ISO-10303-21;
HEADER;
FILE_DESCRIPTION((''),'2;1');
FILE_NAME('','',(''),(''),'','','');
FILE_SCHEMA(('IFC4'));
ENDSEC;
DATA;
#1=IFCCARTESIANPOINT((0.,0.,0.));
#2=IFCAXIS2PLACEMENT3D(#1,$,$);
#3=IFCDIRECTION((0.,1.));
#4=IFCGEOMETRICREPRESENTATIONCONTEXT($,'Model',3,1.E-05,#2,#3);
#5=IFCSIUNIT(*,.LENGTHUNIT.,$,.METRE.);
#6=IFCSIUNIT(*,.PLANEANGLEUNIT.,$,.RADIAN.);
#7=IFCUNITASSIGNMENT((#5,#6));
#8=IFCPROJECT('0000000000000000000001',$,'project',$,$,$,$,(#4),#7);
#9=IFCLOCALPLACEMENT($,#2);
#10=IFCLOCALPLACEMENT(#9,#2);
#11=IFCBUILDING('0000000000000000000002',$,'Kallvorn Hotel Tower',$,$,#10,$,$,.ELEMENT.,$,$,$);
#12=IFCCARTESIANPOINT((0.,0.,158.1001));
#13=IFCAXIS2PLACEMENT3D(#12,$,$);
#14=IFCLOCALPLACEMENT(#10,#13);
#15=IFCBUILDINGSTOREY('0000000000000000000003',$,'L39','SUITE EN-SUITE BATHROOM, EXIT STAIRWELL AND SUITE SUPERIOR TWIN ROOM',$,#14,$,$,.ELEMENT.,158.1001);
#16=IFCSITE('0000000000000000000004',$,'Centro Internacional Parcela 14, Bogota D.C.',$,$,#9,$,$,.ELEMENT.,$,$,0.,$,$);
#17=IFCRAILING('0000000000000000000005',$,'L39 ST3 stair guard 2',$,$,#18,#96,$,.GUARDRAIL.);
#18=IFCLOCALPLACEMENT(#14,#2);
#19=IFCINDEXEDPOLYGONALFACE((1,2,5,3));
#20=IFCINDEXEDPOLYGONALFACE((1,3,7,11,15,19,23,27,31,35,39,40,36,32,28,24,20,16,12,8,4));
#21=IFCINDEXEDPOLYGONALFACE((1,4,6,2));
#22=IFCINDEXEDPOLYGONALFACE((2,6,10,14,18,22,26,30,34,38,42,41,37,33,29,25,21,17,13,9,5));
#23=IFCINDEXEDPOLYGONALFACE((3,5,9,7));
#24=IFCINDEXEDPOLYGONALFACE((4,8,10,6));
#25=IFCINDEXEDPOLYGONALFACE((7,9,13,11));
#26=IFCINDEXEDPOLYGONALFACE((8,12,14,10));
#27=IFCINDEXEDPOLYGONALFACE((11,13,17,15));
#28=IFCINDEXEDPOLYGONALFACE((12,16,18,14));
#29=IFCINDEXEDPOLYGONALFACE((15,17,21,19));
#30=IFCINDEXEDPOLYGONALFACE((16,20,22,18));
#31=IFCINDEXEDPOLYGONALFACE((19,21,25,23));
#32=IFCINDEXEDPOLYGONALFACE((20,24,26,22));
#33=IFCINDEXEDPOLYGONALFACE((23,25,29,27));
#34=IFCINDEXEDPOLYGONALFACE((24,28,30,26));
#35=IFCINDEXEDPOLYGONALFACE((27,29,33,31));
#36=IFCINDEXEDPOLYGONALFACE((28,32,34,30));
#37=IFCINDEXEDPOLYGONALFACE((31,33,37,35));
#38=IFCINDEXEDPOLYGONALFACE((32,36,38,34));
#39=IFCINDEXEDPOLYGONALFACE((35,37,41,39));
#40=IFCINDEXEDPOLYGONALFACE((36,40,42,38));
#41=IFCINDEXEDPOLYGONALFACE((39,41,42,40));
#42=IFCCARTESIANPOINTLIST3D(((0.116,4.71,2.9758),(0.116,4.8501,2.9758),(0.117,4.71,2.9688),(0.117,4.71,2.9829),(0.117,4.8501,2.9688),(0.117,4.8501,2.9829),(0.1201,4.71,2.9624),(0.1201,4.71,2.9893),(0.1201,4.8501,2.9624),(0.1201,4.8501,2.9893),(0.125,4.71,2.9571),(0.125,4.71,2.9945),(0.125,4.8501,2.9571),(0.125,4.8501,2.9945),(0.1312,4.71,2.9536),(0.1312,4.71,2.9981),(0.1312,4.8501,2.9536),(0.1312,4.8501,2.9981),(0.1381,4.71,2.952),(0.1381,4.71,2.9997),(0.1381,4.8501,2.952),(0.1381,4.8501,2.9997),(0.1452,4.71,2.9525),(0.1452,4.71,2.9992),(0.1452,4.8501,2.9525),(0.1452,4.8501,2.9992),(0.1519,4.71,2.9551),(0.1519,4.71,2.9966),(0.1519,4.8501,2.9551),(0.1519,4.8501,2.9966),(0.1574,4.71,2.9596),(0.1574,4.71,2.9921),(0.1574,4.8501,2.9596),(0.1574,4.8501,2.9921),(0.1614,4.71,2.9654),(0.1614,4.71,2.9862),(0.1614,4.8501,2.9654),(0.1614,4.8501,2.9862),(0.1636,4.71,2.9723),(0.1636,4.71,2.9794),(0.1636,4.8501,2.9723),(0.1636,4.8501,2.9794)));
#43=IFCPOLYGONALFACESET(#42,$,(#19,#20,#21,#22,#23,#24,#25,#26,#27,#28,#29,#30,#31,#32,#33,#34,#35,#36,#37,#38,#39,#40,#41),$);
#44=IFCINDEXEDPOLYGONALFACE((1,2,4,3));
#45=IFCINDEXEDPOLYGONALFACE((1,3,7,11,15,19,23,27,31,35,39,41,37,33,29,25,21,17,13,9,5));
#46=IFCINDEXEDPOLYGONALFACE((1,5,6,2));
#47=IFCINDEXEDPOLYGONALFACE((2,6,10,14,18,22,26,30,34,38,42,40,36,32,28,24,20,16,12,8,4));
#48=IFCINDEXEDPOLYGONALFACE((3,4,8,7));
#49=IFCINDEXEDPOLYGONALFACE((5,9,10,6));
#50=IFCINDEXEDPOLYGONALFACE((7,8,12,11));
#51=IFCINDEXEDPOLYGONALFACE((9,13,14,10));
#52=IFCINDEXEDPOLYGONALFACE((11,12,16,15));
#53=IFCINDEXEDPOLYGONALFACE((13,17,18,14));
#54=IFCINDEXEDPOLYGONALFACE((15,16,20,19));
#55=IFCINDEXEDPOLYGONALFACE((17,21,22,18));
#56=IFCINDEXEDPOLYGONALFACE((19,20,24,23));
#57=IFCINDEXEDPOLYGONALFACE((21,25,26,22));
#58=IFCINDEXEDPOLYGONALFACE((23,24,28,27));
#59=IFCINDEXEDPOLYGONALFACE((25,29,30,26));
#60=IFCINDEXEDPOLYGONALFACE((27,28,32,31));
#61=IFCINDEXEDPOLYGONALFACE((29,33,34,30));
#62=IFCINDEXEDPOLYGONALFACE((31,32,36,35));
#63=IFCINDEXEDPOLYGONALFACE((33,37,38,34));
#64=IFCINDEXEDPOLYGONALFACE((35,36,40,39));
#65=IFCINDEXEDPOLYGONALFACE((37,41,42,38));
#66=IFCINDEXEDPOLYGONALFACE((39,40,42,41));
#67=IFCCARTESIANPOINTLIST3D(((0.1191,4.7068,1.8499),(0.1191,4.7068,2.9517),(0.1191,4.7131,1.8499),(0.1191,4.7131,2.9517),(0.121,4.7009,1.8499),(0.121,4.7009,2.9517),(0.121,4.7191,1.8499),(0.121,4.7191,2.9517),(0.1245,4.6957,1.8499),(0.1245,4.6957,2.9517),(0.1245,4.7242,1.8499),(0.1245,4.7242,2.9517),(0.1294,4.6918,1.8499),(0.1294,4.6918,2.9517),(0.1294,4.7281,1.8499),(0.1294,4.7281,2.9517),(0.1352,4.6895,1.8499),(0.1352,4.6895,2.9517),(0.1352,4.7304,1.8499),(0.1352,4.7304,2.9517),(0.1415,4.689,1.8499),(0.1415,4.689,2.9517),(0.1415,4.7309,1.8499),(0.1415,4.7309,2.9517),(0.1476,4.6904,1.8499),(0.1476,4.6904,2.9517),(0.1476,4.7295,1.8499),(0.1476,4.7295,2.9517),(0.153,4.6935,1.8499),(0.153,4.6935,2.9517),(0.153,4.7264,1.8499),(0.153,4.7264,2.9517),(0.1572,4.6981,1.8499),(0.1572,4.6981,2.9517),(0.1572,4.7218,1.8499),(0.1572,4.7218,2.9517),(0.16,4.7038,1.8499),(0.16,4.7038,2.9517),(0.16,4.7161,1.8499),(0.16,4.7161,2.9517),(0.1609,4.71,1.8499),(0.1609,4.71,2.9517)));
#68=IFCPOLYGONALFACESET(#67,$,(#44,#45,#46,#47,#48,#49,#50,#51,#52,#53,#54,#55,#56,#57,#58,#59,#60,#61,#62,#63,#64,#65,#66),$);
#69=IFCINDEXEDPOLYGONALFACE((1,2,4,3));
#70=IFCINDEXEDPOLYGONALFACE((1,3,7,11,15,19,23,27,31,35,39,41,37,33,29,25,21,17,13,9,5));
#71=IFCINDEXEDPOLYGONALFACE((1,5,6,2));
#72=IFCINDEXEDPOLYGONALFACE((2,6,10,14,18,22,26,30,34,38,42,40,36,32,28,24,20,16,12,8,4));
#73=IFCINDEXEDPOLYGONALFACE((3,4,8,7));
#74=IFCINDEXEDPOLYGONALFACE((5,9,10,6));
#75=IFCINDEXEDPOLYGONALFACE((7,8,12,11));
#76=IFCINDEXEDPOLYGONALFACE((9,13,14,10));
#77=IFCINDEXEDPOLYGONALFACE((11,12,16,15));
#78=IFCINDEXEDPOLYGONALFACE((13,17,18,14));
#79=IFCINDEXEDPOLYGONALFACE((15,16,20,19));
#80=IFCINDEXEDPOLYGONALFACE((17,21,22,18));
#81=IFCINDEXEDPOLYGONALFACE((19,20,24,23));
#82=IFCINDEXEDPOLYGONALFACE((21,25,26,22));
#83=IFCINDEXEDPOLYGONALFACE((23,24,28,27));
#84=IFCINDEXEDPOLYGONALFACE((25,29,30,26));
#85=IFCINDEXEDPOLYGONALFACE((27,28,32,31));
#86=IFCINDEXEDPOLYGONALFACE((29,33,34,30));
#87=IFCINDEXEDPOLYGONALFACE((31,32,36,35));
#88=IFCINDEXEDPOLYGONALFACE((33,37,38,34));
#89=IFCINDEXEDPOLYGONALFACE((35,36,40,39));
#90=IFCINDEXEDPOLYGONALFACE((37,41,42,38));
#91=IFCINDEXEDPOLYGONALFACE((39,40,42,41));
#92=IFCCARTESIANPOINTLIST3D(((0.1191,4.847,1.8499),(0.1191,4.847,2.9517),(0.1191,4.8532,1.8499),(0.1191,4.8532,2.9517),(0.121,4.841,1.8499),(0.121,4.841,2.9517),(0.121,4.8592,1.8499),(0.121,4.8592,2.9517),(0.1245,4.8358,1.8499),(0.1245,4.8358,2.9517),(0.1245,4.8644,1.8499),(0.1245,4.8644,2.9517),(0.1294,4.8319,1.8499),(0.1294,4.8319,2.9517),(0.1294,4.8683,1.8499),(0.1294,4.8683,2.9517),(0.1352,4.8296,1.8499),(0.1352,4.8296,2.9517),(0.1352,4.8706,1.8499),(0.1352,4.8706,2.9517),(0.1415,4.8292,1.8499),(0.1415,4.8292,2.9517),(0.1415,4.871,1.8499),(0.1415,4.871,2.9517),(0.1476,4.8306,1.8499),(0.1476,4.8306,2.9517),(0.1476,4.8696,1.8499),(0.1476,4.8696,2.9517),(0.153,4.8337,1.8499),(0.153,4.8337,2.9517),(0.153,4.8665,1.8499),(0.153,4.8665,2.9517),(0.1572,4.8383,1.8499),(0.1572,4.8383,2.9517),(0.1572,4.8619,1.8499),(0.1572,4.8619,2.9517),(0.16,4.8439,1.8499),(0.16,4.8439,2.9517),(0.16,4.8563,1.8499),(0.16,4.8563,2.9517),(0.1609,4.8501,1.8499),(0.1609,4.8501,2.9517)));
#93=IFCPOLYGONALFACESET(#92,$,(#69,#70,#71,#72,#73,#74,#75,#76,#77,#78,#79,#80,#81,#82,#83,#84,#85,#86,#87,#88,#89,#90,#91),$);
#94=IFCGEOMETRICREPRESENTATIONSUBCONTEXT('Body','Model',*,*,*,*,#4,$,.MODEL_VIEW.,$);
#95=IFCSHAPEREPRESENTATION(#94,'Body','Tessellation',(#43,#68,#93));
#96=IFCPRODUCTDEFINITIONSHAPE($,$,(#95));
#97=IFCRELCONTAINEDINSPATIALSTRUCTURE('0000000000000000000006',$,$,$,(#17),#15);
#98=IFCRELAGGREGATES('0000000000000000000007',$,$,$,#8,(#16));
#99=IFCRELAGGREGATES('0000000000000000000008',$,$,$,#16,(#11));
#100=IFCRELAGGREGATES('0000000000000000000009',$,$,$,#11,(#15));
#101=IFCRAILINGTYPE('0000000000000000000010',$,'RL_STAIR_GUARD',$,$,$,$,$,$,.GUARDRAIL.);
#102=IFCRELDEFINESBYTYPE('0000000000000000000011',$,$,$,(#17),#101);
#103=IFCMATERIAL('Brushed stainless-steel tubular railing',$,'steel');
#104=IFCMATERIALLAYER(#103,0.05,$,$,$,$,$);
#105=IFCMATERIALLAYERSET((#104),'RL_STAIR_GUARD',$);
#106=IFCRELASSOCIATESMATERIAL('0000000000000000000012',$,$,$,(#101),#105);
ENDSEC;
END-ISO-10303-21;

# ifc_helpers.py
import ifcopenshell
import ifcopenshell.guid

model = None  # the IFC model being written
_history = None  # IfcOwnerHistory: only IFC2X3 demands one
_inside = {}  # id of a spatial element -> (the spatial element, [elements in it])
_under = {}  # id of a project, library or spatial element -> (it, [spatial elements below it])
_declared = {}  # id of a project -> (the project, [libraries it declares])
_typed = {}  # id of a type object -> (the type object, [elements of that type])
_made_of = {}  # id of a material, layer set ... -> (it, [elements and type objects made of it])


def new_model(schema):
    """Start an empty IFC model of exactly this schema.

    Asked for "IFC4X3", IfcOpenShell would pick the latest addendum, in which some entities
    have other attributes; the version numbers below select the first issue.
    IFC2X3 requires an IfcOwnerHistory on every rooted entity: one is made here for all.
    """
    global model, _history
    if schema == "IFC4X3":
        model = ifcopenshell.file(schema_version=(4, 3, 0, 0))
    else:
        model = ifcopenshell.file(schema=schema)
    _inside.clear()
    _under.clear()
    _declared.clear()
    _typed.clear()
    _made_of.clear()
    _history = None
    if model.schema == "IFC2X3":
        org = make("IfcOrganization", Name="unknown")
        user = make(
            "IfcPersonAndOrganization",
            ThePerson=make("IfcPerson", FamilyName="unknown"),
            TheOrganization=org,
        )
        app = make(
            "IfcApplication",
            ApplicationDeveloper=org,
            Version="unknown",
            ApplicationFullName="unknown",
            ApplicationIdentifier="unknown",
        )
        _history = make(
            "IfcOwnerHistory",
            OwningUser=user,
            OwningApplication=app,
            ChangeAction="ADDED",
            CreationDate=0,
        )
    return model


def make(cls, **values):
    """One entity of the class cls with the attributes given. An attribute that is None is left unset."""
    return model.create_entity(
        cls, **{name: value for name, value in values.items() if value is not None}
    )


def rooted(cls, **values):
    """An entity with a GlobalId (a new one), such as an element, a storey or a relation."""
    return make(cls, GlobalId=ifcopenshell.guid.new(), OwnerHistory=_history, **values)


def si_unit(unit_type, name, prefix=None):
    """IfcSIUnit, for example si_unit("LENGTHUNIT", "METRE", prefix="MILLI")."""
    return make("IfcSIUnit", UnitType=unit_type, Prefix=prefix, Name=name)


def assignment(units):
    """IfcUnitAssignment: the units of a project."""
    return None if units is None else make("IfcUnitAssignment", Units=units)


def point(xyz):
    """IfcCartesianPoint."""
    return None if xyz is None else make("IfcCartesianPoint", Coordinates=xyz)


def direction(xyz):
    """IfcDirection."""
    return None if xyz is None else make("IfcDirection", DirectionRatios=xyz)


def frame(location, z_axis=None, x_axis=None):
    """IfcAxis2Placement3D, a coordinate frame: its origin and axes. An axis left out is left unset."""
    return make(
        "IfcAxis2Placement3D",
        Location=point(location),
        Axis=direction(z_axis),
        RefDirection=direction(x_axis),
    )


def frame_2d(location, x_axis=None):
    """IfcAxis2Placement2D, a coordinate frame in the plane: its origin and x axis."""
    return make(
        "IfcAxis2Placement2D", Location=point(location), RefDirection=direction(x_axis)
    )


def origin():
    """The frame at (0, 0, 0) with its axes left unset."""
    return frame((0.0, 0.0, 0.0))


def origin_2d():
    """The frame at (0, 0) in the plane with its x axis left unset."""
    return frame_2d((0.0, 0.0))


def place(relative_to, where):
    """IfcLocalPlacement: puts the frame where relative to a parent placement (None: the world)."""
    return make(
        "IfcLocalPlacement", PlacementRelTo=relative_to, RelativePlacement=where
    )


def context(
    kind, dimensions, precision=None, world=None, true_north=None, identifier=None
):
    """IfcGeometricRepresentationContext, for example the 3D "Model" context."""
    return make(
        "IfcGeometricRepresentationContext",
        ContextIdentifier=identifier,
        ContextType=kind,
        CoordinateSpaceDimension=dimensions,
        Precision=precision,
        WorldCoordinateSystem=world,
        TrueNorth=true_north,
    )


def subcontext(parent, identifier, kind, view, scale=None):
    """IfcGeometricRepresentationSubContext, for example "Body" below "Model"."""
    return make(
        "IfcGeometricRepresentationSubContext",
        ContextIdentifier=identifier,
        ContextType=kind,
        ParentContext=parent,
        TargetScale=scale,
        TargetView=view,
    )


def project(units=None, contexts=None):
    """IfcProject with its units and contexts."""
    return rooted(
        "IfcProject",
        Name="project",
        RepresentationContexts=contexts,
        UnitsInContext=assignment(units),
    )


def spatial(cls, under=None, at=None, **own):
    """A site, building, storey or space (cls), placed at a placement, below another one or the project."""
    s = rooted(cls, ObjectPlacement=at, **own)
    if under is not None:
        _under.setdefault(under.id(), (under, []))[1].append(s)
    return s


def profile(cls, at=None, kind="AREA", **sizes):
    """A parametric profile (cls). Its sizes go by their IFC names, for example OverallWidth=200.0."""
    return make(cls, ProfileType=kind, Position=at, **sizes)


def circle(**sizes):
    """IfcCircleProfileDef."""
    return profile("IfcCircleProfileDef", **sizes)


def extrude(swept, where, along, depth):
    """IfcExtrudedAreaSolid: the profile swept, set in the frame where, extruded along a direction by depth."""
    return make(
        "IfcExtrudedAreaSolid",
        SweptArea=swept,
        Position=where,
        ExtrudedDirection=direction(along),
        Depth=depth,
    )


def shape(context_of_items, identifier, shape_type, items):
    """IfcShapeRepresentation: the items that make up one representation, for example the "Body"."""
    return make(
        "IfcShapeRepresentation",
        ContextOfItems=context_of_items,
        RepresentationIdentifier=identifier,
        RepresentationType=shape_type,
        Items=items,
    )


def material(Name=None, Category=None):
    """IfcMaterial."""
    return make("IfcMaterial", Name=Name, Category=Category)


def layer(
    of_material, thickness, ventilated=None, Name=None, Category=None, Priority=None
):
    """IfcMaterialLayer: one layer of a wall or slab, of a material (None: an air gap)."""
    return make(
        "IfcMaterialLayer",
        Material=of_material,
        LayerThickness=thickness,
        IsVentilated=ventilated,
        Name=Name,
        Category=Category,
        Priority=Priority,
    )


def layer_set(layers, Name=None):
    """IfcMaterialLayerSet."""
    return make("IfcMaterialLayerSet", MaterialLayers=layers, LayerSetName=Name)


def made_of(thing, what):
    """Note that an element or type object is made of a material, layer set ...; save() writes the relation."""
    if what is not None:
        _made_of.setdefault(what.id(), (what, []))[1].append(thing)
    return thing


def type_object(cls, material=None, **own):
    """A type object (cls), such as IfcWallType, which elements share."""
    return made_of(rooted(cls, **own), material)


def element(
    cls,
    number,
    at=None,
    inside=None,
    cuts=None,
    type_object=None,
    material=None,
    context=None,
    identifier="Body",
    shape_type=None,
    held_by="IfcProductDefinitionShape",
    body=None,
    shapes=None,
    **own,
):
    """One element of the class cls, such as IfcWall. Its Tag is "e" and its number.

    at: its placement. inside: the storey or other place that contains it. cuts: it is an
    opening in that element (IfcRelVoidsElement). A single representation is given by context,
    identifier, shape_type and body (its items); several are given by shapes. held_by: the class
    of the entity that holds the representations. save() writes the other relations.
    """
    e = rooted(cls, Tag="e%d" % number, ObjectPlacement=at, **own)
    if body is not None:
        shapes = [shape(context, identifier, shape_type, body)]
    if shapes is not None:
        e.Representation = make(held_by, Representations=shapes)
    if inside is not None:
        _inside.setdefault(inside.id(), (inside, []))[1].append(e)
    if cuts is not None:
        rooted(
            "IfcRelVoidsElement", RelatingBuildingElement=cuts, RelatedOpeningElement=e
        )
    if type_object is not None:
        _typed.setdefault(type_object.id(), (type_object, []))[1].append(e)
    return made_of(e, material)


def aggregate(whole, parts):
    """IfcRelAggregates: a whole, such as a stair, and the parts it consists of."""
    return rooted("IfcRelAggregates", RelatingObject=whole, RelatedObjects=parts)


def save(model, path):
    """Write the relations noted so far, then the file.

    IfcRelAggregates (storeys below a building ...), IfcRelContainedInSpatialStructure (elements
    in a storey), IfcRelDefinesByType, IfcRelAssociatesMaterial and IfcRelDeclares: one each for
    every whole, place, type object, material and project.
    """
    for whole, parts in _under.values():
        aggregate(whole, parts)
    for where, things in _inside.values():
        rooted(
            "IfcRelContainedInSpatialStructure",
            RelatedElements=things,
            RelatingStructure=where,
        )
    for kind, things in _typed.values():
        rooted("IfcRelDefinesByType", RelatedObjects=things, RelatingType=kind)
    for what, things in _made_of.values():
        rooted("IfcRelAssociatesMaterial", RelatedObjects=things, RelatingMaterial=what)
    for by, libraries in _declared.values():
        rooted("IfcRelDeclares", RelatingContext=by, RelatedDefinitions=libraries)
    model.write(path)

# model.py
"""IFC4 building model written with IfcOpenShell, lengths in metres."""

from ifc_helpers import new_model, si_unit, direction, frame, origin, origin_2d, place, context, subcontext, project, spatial, circle, extrude, material, layer, layer_set, type_object, element, save


model = new_model("IFC4")

# Units and contexts
model_context = context("Model", 3, precision=1e-05, world=origin(), true_north=direction((0.0, 1.0)))
body_context = subcontext(model_context, "Body", "Model", "MODEL_VIEW")
ifc_project = project(units=[si_unit("LENGTHUNIT", "METRE"), si_unit("PLANEANGLEUNIT", "RADIAN")], contexts=[model_context])

# Site, building, storey
site_placement = place(None, origin())
site = spatial("IfcSite", under=ifc_project, at=site_placement, Name="Centro Internacional Parcela 14, Bogota D.C.", CompositionType="ELEMENT", RefElevation=0.0)
building_placement = place(site_placement, origin())
building = spatial("IfcBuilding", under=site, at=building_placement, Name="Kallvorn Hotel Tower", CompositionType="ELEMENT")
storey_placement = place(building_placement, frame((0.0, 0.0, 158.1001)))
storey = spatial("IfcBuildingStorey", under=building, at=storey_placement, Name="L39", Description="SUITE EN-SUITE BATHROOM, EXIT STAIRWELL AND SUITE SUPERIOR TWIN ROOM", CompositionType="ELEMENT", Elevation=158.1001)

# Railing
ifc_material_1 = material(Name="Brushed stainless-steel tubular railing", Category="steel")
ifc_layer_1 = layer(ifc_material_1, 0.05)
ifc_layer_set_1 = layer_set([ifc_layer_1], Name="RL_STAIR_GUARD")
railing_type_1 = type_object("IfcRailingType", Name="RL_STAIR_GUARD", PredefinedType="GUARDRAIL", material=ifc_layer_set_1)
railing_1_placement = place(storey_placement, frame((0.1399, 4.71, 1.8499)))
element("IfcRailing", 1, at=railing_1_placement, inside=storey, type_object=railing_type_1, Name="L39 ST3 stair guard 2", PredefinedType="GUARDRAIL", context=body_context, shape_type="SweptSolid", body=[
    extrude(circle(Radius=0.0239, at=origin_2d()), frame((0.0, 0.0, 1.126), z_axis=(0.0, 1.0, 0.0), x_axis=(-1.0, 0.0, 0.0)), (0.0, 0.0, 1.0), 0.1401),
    extrude(circle(Radius=0.021, at=origin_2d()), origin(), (0.0, 0.0, 1.0), 1.1018),
    extrude(circle(Radius=0.021, at=origin_2d()), frame((0.0, 0.1401, 0.0)), (0.0, 0.0, 1.0), 1.1018),
])

save(model, "model.ifc")
